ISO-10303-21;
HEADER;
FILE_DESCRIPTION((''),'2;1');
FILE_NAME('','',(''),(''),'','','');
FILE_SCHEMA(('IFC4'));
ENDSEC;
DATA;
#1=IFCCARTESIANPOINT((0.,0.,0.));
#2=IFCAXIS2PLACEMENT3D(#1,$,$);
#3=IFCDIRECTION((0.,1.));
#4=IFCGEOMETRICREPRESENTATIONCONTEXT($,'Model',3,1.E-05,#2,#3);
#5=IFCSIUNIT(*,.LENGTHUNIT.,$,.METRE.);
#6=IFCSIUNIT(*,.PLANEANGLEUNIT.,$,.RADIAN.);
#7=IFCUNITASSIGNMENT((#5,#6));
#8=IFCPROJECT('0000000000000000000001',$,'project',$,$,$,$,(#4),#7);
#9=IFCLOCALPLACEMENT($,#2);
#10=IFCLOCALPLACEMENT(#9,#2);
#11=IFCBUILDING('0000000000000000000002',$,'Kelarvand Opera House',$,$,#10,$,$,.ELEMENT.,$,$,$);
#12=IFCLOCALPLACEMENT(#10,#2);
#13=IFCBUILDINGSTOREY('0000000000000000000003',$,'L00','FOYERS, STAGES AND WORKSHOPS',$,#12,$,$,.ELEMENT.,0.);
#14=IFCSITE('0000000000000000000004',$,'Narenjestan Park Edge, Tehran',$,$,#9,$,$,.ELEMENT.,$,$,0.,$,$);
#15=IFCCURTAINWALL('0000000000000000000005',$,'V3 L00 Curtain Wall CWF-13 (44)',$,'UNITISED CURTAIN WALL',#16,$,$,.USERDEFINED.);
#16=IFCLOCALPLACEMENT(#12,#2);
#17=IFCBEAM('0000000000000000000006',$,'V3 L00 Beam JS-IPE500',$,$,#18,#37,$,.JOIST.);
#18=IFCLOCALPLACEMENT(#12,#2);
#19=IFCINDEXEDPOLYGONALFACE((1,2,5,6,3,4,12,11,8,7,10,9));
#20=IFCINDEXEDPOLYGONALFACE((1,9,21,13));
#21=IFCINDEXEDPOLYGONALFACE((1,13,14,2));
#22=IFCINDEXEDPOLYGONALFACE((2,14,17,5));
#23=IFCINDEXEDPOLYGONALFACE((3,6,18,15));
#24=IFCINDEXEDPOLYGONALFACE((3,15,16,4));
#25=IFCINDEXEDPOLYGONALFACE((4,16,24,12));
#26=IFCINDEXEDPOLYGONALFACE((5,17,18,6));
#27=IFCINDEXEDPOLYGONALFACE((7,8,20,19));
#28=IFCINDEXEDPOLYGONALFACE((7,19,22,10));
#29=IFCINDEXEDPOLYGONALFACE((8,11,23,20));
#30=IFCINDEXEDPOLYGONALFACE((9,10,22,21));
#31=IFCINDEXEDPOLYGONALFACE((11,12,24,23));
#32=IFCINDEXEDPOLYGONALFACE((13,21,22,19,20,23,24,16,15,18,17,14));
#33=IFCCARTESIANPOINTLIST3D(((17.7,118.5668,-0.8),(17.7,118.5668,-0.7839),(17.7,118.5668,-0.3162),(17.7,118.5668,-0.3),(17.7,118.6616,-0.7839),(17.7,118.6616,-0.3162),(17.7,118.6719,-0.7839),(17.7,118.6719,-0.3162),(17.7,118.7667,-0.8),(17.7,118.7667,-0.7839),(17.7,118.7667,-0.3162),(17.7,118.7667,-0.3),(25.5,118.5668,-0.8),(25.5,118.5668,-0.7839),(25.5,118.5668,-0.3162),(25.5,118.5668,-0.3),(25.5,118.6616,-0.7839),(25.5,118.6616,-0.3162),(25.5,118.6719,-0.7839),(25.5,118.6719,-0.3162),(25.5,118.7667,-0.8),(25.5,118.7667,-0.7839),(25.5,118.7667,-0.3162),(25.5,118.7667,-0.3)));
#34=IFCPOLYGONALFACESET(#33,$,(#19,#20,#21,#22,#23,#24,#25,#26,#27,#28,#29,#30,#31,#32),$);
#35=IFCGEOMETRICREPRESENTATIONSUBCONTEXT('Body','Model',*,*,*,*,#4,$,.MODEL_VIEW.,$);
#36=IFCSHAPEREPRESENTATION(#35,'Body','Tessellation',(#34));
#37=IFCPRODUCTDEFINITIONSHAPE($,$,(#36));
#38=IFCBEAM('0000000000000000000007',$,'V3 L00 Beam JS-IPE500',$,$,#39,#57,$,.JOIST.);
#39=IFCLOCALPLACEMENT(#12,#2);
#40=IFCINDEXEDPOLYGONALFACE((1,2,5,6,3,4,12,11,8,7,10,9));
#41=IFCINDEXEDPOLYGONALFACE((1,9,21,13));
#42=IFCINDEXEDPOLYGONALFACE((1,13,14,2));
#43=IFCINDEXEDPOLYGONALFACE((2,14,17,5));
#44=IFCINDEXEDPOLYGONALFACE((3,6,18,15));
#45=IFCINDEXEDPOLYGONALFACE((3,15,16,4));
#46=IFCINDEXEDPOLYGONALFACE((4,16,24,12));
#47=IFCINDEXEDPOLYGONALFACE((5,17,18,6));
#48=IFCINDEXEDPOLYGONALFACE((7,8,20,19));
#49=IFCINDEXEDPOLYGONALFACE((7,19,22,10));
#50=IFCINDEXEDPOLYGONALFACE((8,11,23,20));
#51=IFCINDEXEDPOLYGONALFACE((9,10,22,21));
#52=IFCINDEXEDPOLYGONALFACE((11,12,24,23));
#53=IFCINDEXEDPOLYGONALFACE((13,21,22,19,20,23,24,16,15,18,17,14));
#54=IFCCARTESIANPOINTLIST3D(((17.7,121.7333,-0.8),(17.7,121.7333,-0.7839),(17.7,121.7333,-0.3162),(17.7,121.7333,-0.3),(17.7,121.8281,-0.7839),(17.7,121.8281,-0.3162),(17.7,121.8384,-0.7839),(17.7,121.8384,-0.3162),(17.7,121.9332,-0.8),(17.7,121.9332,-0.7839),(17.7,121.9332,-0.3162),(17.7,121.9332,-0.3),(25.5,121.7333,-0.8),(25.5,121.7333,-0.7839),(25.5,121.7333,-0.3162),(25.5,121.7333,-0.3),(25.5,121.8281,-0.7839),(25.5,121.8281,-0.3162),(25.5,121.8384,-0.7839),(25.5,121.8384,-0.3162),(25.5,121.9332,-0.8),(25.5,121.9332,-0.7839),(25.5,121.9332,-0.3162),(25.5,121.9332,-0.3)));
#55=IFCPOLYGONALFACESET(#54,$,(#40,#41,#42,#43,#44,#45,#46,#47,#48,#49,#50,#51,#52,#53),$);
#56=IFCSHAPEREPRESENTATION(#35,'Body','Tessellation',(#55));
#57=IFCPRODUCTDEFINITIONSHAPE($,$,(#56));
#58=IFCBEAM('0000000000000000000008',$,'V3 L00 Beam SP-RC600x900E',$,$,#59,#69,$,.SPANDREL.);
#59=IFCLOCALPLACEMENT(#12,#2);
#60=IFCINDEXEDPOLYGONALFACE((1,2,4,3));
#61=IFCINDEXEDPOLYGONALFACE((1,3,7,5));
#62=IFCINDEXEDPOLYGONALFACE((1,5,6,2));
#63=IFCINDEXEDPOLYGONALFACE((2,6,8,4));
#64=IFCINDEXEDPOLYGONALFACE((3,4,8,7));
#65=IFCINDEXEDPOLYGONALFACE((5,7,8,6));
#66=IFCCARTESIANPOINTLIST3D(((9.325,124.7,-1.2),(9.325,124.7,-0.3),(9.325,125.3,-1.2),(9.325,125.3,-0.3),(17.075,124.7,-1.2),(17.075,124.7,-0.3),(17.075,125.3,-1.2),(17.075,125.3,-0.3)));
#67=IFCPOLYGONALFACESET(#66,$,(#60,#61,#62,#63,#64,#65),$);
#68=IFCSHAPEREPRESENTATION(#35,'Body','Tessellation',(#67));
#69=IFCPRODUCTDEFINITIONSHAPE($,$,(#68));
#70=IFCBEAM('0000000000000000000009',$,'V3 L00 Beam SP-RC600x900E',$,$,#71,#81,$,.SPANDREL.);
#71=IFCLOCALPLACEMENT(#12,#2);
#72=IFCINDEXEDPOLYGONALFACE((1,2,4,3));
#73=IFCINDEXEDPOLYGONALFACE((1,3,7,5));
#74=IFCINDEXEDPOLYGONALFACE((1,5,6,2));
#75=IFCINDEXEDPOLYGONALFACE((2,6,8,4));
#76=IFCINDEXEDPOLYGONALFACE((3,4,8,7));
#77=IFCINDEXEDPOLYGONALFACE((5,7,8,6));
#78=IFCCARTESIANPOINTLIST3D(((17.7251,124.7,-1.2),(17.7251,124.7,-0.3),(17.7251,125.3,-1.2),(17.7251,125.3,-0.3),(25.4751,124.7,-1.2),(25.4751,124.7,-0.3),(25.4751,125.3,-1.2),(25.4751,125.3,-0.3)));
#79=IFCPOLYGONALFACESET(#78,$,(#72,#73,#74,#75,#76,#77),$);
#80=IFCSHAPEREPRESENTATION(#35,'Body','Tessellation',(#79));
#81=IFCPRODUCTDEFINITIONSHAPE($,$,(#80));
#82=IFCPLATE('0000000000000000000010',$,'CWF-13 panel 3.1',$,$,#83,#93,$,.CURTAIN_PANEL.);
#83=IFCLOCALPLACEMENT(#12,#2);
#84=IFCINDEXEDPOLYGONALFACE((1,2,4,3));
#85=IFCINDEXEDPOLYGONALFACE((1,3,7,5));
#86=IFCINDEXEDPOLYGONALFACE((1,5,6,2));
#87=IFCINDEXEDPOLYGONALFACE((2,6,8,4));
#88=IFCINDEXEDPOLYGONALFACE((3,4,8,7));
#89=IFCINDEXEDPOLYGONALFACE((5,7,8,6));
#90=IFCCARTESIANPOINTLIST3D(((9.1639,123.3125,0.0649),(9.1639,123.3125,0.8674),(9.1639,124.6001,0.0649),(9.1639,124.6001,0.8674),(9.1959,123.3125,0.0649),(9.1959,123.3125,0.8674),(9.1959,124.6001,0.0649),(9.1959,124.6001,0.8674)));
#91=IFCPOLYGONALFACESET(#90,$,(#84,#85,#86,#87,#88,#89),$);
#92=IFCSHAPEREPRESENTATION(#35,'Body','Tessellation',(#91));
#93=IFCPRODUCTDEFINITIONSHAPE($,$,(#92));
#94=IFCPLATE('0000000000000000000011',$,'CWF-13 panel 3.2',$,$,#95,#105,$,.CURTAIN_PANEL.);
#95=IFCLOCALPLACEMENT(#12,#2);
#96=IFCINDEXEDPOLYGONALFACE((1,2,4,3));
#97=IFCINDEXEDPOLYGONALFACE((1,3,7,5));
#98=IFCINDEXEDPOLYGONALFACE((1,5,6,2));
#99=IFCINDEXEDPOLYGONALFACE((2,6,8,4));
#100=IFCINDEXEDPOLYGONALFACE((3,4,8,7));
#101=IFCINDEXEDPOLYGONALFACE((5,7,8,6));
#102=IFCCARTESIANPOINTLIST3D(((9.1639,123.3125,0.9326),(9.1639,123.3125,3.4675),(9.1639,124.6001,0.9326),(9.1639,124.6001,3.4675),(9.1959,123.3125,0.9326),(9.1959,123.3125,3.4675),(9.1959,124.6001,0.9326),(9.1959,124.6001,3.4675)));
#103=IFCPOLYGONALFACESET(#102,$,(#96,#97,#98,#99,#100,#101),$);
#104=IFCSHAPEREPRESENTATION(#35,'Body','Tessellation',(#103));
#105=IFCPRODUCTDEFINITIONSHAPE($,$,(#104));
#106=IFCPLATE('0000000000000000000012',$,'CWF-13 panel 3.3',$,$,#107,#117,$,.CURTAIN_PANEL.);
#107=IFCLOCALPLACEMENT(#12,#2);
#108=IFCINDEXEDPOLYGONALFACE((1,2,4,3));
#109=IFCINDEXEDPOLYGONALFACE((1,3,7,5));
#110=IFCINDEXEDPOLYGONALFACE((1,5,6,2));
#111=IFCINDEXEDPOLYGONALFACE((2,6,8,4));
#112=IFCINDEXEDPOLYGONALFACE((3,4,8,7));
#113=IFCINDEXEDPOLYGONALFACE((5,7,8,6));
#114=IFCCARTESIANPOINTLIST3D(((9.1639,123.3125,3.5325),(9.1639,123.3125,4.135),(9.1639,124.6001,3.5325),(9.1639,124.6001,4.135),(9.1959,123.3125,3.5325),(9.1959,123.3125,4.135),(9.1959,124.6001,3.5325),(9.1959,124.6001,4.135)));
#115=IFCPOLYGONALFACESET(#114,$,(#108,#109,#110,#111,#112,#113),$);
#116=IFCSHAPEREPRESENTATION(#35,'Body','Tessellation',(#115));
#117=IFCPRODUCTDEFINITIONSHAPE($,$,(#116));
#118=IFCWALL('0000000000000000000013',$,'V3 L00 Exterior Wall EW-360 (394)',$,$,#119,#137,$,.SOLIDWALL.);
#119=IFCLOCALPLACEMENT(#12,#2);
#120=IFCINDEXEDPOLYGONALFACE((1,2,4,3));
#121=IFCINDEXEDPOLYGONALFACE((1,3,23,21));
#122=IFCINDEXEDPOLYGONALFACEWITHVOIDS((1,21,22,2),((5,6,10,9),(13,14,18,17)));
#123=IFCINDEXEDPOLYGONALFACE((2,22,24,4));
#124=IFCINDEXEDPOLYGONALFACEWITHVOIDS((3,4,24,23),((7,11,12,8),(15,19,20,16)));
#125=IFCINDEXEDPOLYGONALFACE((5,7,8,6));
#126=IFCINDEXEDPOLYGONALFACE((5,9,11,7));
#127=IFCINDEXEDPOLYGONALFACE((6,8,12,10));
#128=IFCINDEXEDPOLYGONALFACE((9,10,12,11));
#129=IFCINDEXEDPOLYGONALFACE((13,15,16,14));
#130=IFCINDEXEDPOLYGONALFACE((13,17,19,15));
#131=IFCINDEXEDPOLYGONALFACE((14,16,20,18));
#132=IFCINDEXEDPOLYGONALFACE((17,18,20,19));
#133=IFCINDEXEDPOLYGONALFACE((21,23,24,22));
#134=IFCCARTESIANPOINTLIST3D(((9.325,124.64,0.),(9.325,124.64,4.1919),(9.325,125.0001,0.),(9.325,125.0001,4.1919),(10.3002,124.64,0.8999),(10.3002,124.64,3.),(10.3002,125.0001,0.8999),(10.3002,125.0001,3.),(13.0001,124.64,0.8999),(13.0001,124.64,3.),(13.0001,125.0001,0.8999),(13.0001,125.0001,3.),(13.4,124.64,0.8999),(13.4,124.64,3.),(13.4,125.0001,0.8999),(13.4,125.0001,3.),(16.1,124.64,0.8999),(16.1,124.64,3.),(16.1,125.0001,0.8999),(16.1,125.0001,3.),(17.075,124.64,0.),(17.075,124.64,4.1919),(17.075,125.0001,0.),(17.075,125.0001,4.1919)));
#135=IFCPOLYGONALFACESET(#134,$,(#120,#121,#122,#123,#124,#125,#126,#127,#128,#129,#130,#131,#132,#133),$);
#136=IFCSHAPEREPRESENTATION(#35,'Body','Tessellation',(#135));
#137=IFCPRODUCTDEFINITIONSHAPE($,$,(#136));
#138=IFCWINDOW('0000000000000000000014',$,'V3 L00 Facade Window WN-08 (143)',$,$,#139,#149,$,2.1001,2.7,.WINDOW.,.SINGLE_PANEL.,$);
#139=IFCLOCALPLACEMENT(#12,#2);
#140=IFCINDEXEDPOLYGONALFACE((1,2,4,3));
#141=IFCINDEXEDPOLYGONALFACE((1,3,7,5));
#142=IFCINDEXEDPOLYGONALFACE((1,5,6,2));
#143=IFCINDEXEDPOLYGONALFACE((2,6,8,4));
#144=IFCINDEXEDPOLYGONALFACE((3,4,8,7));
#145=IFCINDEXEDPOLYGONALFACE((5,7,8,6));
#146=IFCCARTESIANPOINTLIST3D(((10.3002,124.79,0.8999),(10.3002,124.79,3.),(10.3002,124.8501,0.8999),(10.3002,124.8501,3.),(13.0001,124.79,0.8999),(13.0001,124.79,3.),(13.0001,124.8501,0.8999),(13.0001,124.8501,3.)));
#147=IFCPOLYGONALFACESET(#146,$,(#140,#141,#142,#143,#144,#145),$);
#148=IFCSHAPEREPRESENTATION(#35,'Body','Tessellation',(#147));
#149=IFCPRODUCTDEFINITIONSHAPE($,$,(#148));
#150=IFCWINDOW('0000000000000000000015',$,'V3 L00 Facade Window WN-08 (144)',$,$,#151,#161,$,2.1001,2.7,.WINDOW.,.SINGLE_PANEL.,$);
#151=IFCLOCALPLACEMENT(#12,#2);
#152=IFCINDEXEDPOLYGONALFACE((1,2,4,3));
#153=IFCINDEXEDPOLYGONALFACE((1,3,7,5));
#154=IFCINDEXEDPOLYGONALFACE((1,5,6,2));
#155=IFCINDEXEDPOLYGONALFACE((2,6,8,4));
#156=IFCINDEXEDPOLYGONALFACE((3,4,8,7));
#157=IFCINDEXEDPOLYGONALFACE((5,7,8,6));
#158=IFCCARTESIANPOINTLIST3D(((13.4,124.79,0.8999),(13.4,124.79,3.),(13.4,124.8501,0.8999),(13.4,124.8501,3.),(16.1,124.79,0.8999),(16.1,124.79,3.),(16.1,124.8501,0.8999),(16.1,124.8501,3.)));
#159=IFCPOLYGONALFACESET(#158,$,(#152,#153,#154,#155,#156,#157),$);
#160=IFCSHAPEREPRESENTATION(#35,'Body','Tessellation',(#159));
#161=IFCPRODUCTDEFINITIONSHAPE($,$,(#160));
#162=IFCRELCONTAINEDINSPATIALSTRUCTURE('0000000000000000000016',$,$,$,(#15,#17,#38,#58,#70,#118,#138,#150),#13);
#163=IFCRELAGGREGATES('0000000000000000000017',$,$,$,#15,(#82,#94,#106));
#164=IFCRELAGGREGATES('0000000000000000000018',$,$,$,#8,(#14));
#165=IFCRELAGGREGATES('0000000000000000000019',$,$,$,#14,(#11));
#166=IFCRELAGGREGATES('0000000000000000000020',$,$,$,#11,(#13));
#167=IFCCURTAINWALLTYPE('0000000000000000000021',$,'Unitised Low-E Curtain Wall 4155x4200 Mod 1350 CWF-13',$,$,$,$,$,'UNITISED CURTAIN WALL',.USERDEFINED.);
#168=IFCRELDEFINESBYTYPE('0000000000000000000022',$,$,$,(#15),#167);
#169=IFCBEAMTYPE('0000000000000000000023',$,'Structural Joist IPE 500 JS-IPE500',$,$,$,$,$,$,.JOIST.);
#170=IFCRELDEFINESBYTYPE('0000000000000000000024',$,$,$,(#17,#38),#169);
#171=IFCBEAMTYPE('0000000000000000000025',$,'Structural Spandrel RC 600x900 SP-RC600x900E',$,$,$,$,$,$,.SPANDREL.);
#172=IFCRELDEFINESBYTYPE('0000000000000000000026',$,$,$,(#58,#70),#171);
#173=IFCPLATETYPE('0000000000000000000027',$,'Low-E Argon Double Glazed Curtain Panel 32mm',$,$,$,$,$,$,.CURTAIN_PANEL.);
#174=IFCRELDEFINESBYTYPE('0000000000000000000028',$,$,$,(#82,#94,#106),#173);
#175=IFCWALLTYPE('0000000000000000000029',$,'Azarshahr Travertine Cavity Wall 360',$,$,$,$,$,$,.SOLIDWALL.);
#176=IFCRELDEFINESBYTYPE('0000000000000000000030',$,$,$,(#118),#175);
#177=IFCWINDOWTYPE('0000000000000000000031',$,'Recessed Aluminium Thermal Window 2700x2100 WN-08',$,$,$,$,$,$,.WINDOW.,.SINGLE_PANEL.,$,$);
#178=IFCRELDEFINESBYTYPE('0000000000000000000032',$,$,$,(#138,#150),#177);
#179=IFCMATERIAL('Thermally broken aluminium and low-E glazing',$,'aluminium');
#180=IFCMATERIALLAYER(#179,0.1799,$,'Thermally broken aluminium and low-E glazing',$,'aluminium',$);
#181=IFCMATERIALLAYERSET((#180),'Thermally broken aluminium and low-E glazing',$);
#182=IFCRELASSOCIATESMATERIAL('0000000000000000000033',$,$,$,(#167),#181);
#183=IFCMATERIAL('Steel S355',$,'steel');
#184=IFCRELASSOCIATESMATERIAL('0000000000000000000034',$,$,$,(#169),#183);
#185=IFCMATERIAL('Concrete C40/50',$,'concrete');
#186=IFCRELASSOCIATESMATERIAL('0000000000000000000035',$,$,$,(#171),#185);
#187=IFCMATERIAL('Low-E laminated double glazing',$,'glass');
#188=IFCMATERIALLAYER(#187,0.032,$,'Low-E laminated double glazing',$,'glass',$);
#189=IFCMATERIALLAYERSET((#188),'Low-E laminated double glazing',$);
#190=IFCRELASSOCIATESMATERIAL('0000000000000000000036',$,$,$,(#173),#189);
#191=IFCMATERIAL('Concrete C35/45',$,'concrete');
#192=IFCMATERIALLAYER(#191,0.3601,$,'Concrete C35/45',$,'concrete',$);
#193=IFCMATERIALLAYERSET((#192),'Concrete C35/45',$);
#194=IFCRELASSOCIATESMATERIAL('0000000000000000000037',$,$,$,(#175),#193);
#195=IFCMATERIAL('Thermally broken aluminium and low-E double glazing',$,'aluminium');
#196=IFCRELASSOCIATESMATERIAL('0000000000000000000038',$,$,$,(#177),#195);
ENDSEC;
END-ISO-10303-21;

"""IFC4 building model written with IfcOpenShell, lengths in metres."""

from ifc_helpers import new_model, si_unit, direction, frame, frame_2d, origin, origin_2d, place, context, subcontext, project, spatial, rectangle, i_section, extrude, material, layer, layer_set, material_profile, profile_set, type_object, element, fill, aggregate, save


model = new_model("IFC4")

# Units and contexts
model_context = context("Model", 3, precision=1e-05, world=origin(), true_north=direction((0.0, 1.0)))
body_context = subcontext(model_context, "Body", "Model", "MODEL_VIEW")
ifc_project = project(units=[si_unit("LENGTHUNIT", "METRE"), si_unit("PLANEANGLEUNIT", "RADIAN")], contexts=[model_context])

# Site, building, storey
site_placement = place(None, origin())
site = spatial("IfcSite", under=ifc_project, at=site_placement, Name="Narenjestan Park Edge, Tehran", CompositionType="ELEMENT", RefElevation=0.0)
building_placement = place(site_placement, origin())
building = spatial("IfcBuilding", under=site, at=building_placement, Name="Kelarvand Opera House", CompositionType="ELEMENT")
storey_placement = place(building_placement, origin())
storey = spatial("IfcBuildingStorey", under=building, at=storey_placement, Name="L00", Description="FOYERS, STAGES AND WORKSHOPS", CompositionType="ELEMENT", Elevation=0.0)

# Shared definitions
ifc_material_1 = material(Name="Concrete C40/50", Category="concrete")

# Curtain wall
ifc_material_2 = material(Name="Thermally broken aluminium and low-E glazing", Category="aluminium")
ifc_layer_1 = layer(ifc_material_2, 0.1799, Name="Thermally broken aluminium and low-E glazing", Category="aluminium")
ifc_layer_set_1 = layer_set([ifc_layer_1], Name="Thermally broken aluminium and low-E glazing")
curtain_wall_type = type_object("IfcCurtainWallType", Name="Unitised Low-E Curtain Wall 4155x4200 Mod 1350 CWF-13", ElementType="UNITISED CURTAIN WALL", PredefinedType="USERDEFINED", material=ifc_layer_set_1)
curtain_wall_placement = place(storey_placement, origin())
curtain_wall = element("IfcCurtainWall", 1, at=curtain_wall_placement, inside=storey, type_object=curtain_wall_type, Name="V3 L00 Curtain Wall CWF-13 (44)", ObjectType="UNITISED CURTAIN WALL", PredefinedType="USERDEFINED")

# Beams
ifc_material_3 = material(Name="Steel S355", Category="steel")
ifc_material_profile_1 = material_profile(ifc_material_3, i_section(OverallWidth=0.2, OverallDepth=0.5, WebThickness=0.0103, FlangeThickness=0.0161, at=origin_2d()), Name="IPE 500", Category="steel")
ifc_profile_set_1 = profile_set([ifc_material_profile_1], Name="Steel S355")
beam_type_1 = type_object("IfcBeamType", Name="Structural Joist IPE 500 JS-IPE500", PredefinedType="JOIST", material=ifc_profile_set_1)
for number, where, z_axis, x_axis, name in (
    (2, (17.7, 118.6667, -0.55), (1.0, 0.0, 0.0), (0.0, 1.0, 0.0), "V3 L00 Beam JS-IPE500"),
    (3, (17.7, 121.8333, -0.55), (1.0, 0.0, 0.0), (0.0, 1.0, 0.0), "V3 L00 Beam JS-IPE500"),
):
    element("IfcBeam", number, at=place(storey_placement, frame(where, z_axis=z_axis, x_axis=x_axis)), inside=storey, type_object=beam_type_1, Name=name, PredefinedType="JOIST", context=body_context, shape_type="SweptSolid", body=[
        extrude(i_section(OverallWidth=0.2, OverallDepth=0.5, WebThickness=0.0103, FlangeThickness=0.0161, at=origin_2d()), origin(), (0.0, 0.0, 1.0), 7.8),
    ])
ifc_material_profile_2 = material_profile(ifc_material_1, rectangle(XDim=0.6001, YDim=0.8999, at=origin_2d()), Name="RC 600x900", Category="concrete")
ifc_profile_set_2 = profile_set([ifc_material_profile_2], Name="Concrete C40/50")
beam_type_2 = type_object("IfcBeamType", Name="Structural Spandrel RC 600x900 SP-RC600x900E", PredefinedType="SPANDREL", material=ifc_profile_set_2)
for number, where, z_axis, x_axis, name in (
    (4, (9.325, 125.0, -0.75), (1.0, 0.0, 0.0), (0.0, 1.0, 0.0), "V3 L00 Beam SP-RC600x900E"),
    (5, (17.7251, 125.0, -0.75), (1.0, 0.0, 0.0), (0.0, 1.0, 0.0), "V3 L00 Beam SP-RC600x900E"),
):
    element("IfcBeam", number, at=place(storey_placement, frame(where, z_axis=z_axis, x_axis=x_axis)), inside=storey, type_object=beam_type_2, Name=name, PredefinedType="SPANDREL", context=body_context, shape_type="SweptSolid", body=[
        extrude(rectangle(XDim=0.6001, YDim=0.8999, at=origin_2d()), origin(), (0.0, 0.0, 1.0), 7.75),
    ])

# Plates
ifc_material_4 = material(Name="Low-E laminated double glazing", Category="glass")
ifc_layer_2 = layer(ifc_material_4, 0.032, Name="Low-E laminated double glazing", Category="glass")
ifc_layer_set_2 = layer_set([ifc_layer_2], Name="Low-E laminated double glazing")
plate_type = type_object("IfcPlateType", Name="Low-E Argon Double Glazed Curtain Panel 32mm", PredefinedType="CURTAIN_PANEL", material=ifc_layer_set_2)
plate_1_placement = place(storey_placement, frame((9.1799, 123.9563, 0.0649), z_axis=(0.0, 0.0, 1.0), x_axis=(0.0, 1.0, 0.0)))
plate_1 = element("IfcPlate", 6, at=plate_1_placement, type_object=plate_type, Name="CWF-13 panel 3.1", PredefinedType="CURTAIN_PANEL", context=body_context, shape_type="SweptSolid", body=[
    extrude(rectangle(XDim=1.2876, YDim=0.032, at=origin_2d()), origin(), (0.0, 0.0, 1.0), 0.8025),
])
plate_2_placement = place(storey_placement, frame((9.1799, 123.9563, 0.9326), z_axis=(0.0, 0.0, 1.0), x_axis=(0.0, 1.0, 0.0)))
plate_2 = element("IfcPlate", 7, at=plate_2_placement, type_object=plate_type, Name="CWF-13 panel 3.2", PredefinedType="CURTAIN_PANEL", context=body_context, shape_type="SweptSolid", body=[
    extrude(rectangle(XDim=1.2876, YDim=0.032, at=origin_2d()), origin(), (0.0, 0.0, 1.0), 2.5349),
])
plate_3_placement = place(storey_placement, frame((9.1799, 123.9563, 3.5325), z_axis=(0.0, 0.0, 1.0), x_axis=(0.0, 1.0, 0.0)))
plate_3 = element("IfcPlate", 8, at=plate_3_placement, type_object=plate_type, Name="CWF-13 panel 3.3", PredefinedType="CURTAIN_PANEL", context=body_context, shape_type="SweptSolid", body=[
    extrude(rectangle(XDim=1.2876, YDim=0.032, at=origin_2d()), origin(), (0.0, 0.0, 1.0), 0.6025),
])
aggregate(curtain_wall, [plate_1, plate_2, plate_3])

# Wall, openings, windows
ifc_material_5 = material(Name="Concrete C35/45", Category="concrete")
ifc_layer_3 = layer(ifc_material_5, 0.3601, Name="Concrete C35/45", Category="concrete")
ifc_layer_set_3 = layer_set([ifc_layer_3], Name="Concrete C35/45")
wall_type = type_object("IfcWallType", Name="Azarshahr Travertine Cavity Wall 360", PredefinedType="SOLIDWALL", material=ifc_layer_set_3)
wall_1_placement = place(storey_placement, frame((9.325, 124.8201, 0.0), z_axis=(0.0, 0.0, 1.0), x_axis=(1.0, 0.0, 0.0)))
wall_1 = element("IfcWall", 9, at=wall_1_placement, inside=storey, type_object=wall_type, Name="V3 L00 Exterior Wall EW-360 (394)", PredefinedType="SOLIDWALL", context=body_context, shape_type="SweptSolid", body=[
    extrude(rectangle(XDim=7.75, YDim=0.3601, at=frame_2d((3.875, 0.0))), origin(), (0.0, 0.0, 1.0), 4.1919),
])
opening_1_placement = place(wall_1_placement, frame((0.9751, 0.0, 0.8999)))
opening_1 = element("IfcOpeningElement", 10, at=opening_1_placement, cuts=wall_1, PredefinedType="OPENING", context=body_context, shape_type="SweptSolid", body=[
    extrude(rectangle(XDim=2.7, YDim=2.1001, at=frame_2d((1.3501, 1.05))), frame((0.0, 0.1899, 0.0), z_axis=(0.0, -1.0, 0.0), x_axis=(1.0, 0.0, 0.0)), (0.0, 0.0, 1.0), 0.3801),
])
opening_2_placement = place(wall_1_placement, frame((4.075, 0.0, 0.8999)))
opening_2 = element("IfcOpeningElement", 11, at=opening_2_placement, cuts=wall_1, PredefinedType="OPENING", context=body_context, shape_type="SweptSolid", body=[
    extrude(rectangle(XDim=2.7, YDim=2.1001, at=frame_2d((1.3501, 1.05))), frame((0.0, 0.1899, 0.0), z_axis=(0.0, -1.0, 0.0), x_axis=(1.0, 0.0, 0.0)), (0.0, 0.0, 1.0), 0.3801),
])
ifc_material_6 = material(Name="Thermally broken aluminium and low-E double glazing", Category="aluminium")
window_type_1 = type_object("IfcWindowType", Name="Recessed Aluminium Thermal Window 2700x2100 WN-08", PartitioningType="SINGLE_PANEL", PredefinedType="WINDOW", material=ifc_material_6)
window_1_placement = place(opening_1_placement, origin())
window_1 = element("IfcWindow", 12, at=window_1_placement, inside=storey, type_object=window_type_1, Name="V3 L00 Facade Window WN-08 (143)", OverallHeight=2.1001, OverallWidth=2.7, PartitioningType="SINGLE_PANEL", PredefinedType="WINDOW", context=body_context, shape_type="SweptSolid", body=[
    extrude(rectangle(XDim=2.7, YDim=2.1001, at=frame_2d((1.3501, 1.05))), frame((0.0, 0.03, 0.0), z_axis=(0.0, -1.0, 0.0), x_axis=(1.0, 0.0, 0.0)), (0.0, 0.0, 1.0), 0.0601),
])
fill(opening_1, window_1)
window_2_placement = place(opening_2_placement, origin())
window_2 = element("IfcWindow", 13, at=window_2_placement, inside=storey, type_object=window_type_1, Name="V3 L00 Facade Window WN-08 (144)", OverallHeight=2.1001, OverallWidth=2.7, PartitioningType="SINGLE_PANEL", PredefinedType="WINDOW", context=body_context, shape_type="SweptSolid", body=[
    extrude(rectangle(XDim=2.7, YDim=2.1001, at=frame_2d((1.3501, 1.05))), frame((0.0, 0.03, 0.0), z_axis=(0.0, -1.0, 0.0), x_axis=(1.0, 0.0, 0.0)), (0.0, 0.0, 1.0), 0.0601),
])
fill(opening_2, window_2)

save(model, "model.ifc")
